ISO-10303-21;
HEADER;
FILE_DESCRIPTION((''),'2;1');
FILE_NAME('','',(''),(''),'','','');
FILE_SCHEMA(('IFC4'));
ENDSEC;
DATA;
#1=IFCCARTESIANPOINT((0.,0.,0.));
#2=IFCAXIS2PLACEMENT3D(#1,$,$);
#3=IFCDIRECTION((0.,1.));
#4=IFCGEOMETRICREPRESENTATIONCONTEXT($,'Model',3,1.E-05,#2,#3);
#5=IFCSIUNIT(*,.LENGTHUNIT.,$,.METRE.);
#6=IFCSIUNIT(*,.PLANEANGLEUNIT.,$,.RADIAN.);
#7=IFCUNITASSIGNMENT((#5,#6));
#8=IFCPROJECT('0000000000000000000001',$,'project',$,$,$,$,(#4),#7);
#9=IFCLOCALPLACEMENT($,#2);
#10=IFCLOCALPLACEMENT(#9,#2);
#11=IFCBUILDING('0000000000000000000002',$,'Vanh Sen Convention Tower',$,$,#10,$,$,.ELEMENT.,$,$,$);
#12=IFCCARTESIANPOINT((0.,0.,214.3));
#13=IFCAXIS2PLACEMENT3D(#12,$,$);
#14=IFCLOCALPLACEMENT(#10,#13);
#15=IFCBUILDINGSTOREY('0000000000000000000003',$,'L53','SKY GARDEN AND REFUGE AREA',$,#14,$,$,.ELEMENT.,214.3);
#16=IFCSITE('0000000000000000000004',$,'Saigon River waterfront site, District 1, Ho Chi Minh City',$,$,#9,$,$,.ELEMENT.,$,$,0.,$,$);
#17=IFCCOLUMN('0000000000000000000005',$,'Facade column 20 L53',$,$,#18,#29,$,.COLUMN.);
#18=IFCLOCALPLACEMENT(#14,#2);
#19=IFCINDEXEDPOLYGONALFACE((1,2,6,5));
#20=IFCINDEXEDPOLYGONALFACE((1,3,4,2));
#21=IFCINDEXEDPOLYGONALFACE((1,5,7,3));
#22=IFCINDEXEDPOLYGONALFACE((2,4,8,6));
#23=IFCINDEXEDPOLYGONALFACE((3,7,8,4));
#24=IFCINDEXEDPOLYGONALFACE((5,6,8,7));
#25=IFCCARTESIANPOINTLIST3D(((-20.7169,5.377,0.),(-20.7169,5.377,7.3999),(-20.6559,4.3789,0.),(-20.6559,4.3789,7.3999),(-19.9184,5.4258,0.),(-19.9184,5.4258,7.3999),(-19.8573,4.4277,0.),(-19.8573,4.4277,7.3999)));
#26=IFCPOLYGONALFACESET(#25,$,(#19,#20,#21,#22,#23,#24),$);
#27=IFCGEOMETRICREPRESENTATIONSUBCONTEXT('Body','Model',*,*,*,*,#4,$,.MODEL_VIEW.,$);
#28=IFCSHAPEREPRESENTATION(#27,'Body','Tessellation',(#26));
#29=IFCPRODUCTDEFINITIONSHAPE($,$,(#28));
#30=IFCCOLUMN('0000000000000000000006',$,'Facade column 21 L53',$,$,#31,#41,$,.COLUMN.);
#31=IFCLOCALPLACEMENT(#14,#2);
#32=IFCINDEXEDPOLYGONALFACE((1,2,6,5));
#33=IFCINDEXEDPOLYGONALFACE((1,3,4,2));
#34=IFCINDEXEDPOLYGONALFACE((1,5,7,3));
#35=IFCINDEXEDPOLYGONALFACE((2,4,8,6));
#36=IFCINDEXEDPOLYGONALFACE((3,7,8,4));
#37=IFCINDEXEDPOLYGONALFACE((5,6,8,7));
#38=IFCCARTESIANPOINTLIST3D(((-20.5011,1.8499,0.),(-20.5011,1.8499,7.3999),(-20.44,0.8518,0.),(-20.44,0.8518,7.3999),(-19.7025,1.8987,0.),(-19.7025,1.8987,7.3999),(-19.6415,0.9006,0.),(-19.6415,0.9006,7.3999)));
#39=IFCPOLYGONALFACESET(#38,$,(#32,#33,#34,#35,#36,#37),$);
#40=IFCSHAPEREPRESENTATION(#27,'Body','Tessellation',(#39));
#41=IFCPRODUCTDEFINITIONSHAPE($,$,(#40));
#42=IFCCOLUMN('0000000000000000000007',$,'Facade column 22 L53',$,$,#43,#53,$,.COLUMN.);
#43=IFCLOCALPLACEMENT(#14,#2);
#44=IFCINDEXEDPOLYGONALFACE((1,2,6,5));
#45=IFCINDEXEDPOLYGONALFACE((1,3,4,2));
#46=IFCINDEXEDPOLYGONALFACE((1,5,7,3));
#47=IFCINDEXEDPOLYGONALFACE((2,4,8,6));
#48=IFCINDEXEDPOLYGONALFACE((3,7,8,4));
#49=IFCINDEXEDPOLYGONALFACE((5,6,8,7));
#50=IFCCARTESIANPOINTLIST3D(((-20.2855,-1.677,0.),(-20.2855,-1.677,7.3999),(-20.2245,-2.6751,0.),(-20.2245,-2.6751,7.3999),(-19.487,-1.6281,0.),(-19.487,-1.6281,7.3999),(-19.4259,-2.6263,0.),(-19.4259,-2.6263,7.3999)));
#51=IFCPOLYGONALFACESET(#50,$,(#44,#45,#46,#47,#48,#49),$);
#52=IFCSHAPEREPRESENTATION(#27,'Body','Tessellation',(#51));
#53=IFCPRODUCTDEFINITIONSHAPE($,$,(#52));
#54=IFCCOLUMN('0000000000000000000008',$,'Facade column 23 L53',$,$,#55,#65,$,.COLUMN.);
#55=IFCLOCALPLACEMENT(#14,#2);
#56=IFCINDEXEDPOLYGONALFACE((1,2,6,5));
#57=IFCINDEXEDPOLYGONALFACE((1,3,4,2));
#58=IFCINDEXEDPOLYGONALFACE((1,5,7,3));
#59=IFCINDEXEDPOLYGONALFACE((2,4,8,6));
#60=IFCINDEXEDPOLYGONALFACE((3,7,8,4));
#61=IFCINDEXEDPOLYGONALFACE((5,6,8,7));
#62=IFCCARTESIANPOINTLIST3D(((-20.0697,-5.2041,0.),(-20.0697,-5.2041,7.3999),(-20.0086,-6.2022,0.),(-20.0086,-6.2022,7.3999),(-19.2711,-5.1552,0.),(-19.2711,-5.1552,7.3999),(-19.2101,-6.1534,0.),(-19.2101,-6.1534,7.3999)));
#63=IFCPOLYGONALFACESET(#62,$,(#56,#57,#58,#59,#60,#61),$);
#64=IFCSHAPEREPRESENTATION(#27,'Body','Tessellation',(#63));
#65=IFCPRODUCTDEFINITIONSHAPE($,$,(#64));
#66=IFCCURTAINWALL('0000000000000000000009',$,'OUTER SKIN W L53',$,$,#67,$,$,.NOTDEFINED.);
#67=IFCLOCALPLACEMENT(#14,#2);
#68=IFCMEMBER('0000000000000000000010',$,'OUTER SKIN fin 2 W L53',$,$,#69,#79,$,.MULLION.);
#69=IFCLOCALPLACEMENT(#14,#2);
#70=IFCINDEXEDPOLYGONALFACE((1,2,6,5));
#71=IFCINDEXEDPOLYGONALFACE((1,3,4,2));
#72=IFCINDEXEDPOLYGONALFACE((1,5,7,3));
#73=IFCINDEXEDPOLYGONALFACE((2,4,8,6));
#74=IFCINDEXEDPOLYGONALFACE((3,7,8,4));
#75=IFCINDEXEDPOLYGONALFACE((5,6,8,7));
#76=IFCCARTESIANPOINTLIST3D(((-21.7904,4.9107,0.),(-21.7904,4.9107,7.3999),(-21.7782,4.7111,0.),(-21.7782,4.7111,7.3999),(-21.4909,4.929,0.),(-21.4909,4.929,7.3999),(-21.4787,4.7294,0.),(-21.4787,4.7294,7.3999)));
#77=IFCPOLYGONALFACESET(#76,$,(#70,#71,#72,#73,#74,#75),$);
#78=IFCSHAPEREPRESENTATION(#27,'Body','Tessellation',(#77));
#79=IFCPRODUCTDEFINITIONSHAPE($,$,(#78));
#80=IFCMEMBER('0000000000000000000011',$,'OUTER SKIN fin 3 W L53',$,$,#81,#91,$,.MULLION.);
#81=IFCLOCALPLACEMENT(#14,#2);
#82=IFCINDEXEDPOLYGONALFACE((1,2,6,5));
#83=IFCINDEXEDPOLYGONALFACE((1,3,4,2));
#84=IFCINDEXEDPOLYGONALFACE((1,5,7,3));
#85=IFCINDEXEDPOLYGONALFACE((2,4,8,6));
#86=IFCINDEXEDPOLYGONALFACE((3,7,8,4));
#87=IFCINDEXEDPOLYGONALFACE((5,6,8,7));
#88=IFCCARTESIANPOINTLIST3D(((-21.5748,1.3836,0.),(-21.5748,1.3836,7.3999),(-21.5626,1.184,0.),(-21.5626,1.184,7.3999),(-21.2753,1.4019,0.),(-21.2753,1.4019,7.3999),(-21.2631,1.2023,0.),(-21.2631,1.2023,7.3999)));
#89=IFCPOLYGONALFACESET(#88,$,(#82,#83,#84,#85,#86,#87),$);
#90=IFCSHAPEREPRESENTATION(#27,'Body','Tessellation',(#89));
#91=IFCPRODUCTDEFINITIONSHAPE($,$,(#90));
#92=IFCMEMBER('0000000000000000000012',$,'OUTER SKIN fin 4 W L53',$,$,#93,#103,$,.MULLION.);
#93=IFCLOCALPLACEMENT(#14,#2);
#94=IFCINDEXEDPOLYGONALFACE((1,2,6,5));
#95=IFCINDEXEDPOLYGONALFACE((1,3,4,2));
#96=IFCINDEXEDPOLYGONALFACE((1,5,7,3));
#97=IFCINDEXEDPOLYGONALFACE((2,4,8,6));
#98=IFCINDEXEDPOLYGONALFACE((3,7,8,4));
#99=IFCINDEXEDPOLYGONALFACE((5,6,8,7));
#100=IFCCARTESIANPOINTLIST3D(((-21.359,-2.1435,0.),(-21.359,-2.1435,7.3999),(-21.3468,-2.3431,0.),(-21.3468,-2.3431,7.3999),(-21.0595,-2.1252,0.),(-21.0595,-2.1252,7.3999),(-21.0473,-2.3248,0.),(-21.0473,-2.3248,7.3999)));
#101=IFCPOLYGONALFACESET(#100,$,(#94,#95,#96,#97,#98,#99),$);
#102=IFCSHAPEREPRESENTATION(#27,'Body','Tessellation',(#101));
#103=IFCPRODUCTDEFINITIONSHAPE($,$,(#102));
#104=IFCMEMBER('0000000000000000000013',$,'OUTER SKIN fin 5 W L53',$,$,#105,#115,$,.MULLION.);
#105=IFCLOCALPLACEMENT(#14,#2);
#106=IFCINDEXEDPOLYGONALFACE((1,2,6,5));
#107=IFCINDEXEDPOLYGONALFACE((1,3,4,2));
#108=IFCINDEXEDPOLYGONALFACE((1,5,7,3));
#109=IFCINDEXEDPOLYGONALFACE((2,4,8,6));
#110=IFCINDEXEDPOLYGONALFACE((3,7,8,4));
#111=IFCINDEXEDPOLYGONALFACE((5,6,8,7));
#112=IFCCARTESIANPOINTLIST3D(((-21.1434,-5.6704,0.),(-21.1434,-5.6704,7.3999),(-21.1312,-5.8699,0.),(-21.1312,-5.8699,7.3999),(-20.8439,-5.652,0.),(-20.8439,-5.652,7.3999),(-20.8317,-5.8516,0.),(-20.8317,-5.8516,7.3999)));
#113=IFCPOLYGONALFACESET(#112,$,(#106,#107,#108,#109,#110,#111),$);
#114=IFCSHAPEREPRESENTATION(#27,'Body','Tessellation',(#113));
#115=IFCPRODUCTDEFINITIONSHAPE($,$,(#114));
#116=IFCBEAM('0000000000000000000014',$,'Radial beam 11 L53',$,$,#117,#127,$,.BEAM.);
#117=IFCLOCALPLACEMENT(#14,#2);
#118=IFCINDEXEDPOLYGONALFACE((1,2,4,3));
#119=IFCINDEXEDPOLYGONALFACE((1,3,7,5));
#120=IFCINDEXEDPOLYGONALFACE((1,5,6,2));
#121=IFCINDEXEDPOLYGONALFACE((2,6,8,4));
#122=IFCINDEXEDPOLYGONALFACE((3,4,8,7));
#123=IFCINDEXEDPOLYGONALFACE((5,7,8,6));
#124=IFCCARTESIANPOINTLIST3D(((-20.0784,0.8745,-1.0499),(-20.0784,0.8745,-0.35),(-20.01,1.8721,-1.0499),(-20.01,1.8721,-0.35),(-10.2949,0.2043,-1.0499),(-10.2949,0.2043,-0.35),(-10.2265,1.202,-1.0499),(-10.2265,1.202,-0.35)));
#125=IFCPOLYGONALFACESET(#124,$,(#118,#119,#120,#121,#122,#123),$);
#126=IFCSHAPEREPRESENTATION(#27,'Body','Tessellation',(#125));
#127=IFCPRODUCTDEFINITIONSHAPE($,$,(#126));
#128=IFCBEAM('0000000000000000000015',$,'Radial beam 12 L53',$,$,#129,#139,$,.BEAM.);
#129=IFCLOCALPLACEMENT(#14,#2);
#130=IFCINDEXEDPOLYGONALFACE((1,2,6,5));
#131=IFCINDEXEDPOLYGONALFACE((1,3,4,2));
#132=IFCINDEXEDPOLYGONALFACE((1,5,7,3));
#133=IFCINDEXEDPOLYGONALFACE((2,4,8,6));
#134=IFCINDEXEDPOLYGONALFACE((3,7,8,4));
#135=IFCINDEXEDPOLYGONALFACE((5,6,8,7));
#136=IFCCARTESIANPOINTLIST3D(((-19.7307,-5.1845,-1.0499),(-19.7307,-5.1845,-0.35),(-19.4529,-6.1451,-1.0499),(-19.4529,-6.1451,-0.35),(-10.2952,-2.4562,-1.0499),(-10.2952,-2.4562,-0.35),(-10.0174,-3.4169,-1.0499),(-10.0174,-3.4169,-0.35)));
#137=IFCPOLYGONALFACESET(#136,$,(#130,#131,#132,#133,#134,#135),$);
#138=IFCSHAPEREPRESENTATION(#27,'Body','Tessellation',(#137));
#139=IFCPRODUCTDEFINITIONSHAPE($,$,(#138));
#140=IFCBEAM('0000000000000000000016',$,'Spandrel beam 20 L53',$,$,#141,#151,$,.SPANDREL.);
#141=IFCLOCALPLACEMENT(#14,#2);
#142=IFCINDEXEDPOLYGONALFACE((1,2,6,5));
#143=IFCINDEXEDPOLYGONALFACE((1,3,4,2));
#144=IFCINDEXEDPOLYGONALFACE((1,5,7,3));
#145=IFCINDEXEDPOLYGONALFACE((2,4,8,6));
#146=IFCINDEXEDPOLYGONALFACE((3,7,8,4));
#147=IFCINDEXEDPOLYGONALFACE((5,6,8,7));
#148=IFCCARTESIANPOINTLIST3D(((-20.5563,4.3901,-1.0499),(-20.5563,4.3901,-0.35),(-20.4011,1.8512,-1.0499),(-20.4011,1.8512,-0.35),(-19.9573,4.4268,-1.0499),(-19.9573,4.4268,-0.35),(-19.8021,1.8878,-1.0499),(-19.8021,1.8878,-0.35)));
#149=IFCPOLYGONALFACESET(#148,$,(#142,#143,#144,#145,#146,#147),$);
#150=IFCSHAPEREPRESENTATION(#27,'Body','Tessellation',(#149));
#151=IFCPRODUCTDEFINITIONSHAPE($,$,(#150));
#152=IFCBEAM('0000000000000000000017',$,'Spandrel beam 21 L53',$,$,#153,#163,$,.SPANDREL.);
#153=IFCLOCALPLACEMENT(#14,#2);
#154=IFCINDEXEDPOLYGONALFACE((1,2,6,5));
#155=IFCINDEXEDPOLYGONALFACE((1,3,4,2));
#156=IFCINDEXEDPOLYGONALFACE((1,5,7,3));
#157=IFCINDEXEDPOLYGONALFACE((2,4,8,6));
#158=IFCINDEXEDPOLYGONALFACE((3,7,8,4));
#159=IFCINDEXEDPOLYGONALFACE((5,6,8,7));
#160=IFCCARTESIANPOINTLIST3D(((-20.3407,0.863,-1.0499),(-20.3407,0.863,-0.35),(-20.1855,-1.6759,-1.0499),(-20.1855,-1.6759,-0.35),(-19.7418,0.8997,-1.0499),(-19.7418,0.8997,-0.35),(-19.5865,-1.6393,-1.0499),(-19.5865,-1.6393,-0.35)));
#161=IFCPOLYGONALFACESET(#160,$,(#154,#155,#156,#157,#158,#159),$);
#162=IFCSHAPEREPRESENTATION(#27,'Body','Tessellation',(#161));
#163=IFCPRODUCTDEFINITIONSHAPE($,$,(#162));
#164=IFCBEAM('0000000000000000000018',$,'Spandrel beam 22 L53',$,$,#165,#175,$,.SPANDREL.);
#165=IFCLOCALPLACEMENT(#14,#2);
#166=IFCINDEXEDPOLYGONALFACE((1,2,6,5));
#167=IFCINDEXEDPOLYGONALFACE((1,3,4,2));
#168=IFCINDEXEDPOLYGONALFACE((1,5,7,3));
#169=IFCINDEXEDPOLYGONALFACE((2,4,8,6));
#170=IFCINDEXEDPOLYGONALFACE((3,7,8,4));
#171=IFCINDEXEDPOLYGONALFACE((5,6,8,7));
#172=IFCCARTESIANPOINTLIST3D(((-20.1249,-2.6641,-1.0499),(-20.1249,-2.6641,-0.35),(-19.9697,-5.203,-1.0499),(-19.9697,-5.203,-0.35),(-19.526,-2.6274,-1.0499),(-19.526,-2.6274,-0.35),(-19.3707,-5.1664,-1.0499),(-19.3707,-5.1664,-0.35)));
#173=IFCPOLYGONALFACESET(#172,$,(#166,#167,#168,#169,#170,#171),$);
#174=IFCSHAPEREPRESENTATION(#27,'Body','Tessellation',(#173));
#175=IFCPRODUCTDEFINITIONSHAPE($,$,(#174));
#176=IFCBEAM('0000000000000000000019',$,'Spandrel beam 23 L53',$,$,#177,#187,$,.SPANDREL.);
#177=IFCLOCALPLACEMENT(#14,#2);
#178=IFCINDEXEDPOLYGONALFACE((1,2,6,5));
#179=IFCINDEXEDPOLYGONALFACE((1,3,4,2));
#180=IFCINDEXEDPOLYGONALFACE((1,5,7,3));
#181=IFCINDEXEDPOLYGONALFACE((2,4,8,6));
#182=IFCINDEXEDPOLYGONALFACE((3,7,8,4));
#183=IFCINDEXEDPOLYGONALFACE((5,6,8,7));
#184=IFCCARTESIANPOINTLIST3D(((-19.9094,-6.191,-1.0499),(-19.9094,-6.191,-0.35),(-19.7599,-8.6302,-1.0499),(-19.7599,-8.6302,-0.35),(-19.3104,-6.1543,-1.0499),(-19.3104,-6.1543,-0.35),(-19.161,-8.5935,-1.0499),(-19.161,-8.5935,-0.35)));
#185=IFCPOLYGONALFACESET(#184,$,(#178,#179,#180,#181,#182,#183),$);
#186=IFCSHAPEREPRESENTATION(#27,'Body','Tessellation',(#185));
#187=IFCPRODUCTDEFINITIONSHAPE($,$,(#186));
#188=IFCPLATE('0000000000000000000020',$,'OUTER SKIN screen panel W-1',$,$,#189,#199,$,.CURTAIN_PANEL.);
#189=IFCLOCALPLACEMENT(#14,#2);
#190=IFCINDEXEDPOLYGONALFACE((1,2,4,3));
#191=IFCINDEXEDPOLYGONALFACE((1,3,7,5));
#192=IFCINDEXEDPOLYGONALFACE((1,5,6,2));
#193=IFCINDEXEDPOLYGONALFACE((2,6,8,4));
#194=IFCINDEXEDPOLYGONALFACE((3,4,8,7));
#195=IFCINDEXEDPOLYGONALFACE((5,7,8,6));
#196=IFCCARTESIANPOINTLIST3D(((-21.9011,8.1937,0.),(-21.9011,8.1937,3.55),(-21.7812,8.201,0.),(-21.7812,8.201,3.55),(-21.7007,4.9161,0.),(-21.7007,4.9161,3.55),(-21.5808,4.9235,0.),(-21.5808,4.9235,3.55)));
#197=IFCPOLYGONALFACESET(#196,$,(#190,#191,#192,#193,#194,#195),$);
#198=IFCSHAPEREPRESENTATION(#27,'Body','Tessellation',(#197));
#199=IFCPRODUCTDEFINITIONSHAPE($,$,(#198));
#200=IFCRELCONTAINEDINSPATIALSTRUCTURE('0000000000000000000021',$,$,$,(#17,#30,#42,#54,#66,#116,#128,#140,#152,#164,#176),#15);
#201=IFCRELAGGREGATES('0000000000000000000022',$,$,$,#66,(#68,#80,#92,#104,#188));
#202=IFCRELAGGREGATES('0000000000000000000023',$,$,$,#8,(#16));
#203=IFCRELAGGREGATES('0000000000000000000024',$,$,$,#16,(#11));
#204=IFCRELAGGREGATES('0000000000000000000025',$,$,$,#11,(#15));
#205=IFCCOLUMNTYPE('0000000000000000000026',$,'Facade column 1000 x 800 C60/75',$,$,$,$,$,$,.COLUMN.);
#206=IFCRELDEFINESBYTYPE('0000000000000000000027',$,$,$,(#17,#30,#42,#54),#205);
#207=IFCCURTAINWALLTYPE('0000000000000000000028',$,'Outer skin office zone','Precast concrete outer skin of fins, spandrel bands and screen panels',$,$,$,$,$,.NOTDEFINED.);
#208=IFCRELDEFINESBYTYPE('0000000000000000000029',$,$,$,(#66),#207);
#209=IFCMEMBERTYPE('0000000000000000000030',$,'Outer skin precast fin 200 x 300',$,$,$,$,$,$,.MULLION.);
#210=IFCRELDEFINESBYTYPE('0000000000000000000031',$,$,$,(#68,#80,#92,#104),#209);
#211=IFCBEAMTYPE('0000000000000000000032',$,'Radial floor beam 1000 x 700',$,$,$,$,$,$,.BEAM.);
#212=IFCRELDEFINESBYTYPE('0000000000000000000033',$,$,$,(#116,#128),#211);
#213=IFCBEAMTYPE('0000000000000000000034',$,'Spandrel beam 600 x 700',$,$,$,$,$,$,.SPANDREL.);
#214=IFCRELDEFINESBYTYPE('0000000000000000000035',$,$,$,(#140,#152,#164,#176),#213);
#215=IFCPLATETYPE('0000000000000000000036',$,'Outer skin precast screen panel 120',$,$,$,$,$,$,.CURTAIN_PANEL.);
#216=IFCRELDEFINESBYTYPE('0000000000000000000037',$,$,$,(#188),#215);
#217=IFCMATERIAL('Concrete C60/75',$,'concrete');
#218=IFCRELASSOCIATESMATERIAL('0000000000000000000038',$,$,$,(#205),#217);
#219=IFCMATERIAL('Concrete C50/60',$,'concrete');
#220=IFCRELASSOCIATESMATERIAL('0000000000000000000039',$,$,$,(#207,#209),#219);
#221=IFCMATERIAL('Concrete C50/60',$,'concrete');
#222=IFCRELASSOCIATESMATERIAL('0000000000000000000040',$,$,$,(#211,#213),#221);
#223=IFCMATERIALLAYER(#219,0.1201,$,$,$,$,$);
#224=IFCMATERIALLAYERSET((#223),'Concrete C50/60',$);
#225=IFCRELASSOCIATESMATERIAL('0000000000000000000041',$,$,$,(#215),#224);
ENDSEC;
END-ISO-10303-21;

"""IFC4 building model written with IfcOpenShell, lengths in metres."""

from ifc_helpers import new_model, si_unit, direction, frame, origin, origin_2d, place, context, subcontext, project, spatial, rectangle, extrude, material, layer, layer_set, material_profile, profile_set, type_object, element, aggregate, save


model = new_model("IFC4")

# Units and contexts
model_context = context("Model", 3, precision=1e-05, world=origin(), true_north=direction((0.0, 1.0)))
body_context = subcontext(model_context, "Body", "Model", "MODEL_VIEW")
ifc_project = project(units=[si_unit("LENGTHUNIT", "METRE"), si_unit("PLANEANGLEUNIT", "RADIAN")], contexts=[model_context])

# Site, building, storey
site_placement = place(None, origin())
site = spatial("IfcSite", under=ifc_project, at=site_placement, Name="Saigon River waterfront site, District 1, Ho Chi Minh City", CompositionType="ELEMENT", RefElevation=0.0)
building_placement = place(site_placement, origin())
building = spatial("IfcBuilding", under=site, at=building_placement, Name="Vanh Sen Convention Tower", CompositionType="ELEMENT")
storey_placement = place(building_placement, frame((0.0, 0.0, 214.3)))
storey = spatial("IfcBuildingStorey", under=building, at=storey_placement, Name="L53", Description="SKY GARDEN AND REFUGE AREA", CompositionType="ELEMENT", Elevation=214.3)

# Columns
ifc_material_1 = material(Name="Concrete C60/75", Category="concrete")
ifc_material_profile_1 = material_profile(ifc_material_1, rectangle(XDim=1.0, YDim=0.8, at=origin_2d()), Name="RC 1000X800")
ifc_profile_set_1 = profile_set([ifc_material_profile_1], Name="Concrete C60/75")
column_type = type_object("IfcColumnType", Name="Facade column 1000 x 800 C60/75", PredefinedType="COLUMN", material=ifc_profile_set_1)
for number, where, z_axis, x_axis, name in (
    (1, (-20.2871, 4.9023, 0.0), (0.0, 0.0, 1.0), (0.061049, -0.998135, 0.0), "Facade column 20 L53"),
    (2, (-20.0713, 1.3752, 0.0), (0.0, 0.0, 1.0), (0.061049, -0.998135, 0.0), "Facade column 21 L53"),
    (3, (-19.8557, -2.1516, 0.0), (0.0, 0.0, 1.0), (0.061049, -0.998135, 0.0), "Facade column 22 L53"),
    (4, (-19.6399, -5.6787, 0.0), (0.0, 0.0, 1.0), (0.061049, -0.998135, 0.0), "Facade column 23 L53"),
):
    element("IfcColumn", number, at=place(storey_placement, frame(where, z_axis=z_axis, x_axis=x_axis)), inside=storey, type_object=column_type, Name=name, PredefinedType="COLUMN", context=body_context, shape_type="SweptSolid", body=[
        extrude(rectangle(XDim=1.0, YDim=0.8, at=origin_2d()), origin(), (0.0, 0.0, 1.0), 7.3999),
    ])

# Curtain wall, members
ifc_material_2 = material(Name="Concrete C50/60", Category="concrete")
curtain_wall_type = type_object("IfcCurtainWallType", Name="Outer skin office zone", Description="Precast concrete outer skin of fins, spandrel bands and screen panels", PredefinedType="NOTDEFINED", material=ifc_material_2)
curtain_wall_placement = place(storey_placement, origin())
curtain_wall = element("IfcCurtainWall", 5, at=curtain_wall_placement, inside=storey, type_object=curtain_wall_type, Name="OUTER SKIN W L53", PredefinedType="NOTDEFINED")
ifc_material_profile_2 = material_profile(ifc_material_2, rectangle(XDim=0.2, YDim=0.3, at=origin_2d()), Name="Outer skin precast fin 200 x 300")
ifc_profile_set_2 = profile_set([ifc_material_profile_2], Name="Concrete C50/60")
member_type = type_object("IfcMemberType", Name="Outer skin precast fin 200 x 300", PredefinedType="MULLION", material=ifc_profile_set_2)
member_1_placement = place(storey_placement, frame((-21.6345, 4.8201, 0.0), z_axis=(0.0, 0.0, 1.0), x_axis=(0.061049, -0.998135, 0.0)))
member_1 = element("IfcMember", 6, at=member_1_placement, type_object=member_type, Name="OUTER SKIN fin 2 W L53", PredefinedType="MULLION", context=body_context, shape_type="SweptSolid", body=[
    extrude(rectangle(XDim=0.2, YDim=0.3, at=origin_2d()), origin(), (0.0, 0.0, 1.0), 7.3999),
])
member_2_placement = place(storey_placement, frame((-21.4189, 1.293, 0.0), z_axis=(0.0, 0.0, 1.0), x_axis=(0.061049, -0.998135, 0.0)))
member_2 = element("IfcMember", 7, at=member_2_placement, type_object=member_type, Name="OUTER SKIN fin 3 W L53", PredefinedType="MULLION", context=body_context, shape_type="SweptSolid", body=[
    extrude(rectangle(XDim=0.2, YDim=0.3, at=origin_2d()), origin(), (0.0, 0.0, 1.0), 7.3999),
])
member_3_placement = place(storey_placement, frame((-21.2031, -2.2341, 0.0), z_axis=(0.0, 0.0, 1.0), x_axis=(0.061049, -0.998135, 0.0)))
member_3 = element("IfcMember", 8, at=member_3_placement, type_object=member_type, Name="OUTER SKIN fin 4 W L53", PredefinedType="MULLION", context=body_context, shape_type="SweptSolid", body=[
    extrude(rectangle(XDim=0.2, YDim=0.3, at=origin_2d()), origin(), (0.0, 0.0, 1.0), 7.3999),
])
member_4_placement = place(storey_placement, frame((-20.9875, -5.761, 0.0), z_axis=(0.0, 0.0, 1.0), x_axis=(0.061049, -0.998135, 0.0)))
member_4 = element("IfcMember", 9, at=member_4_placement, type_object=member_type, Name="OUTER SKIN fin 5 W L53", PredefinedType="MULLION", context=body_context, shape_type="SweptSolid", body=[
    extrude(rectangle(XDim=0.2, YDim=0.3, at=origin_2d()), origin(), (0.0, 0.0, 1.0), 7.3999),
])

# Beams
ifc_material_3 = material(Name="Concrete C50/60", Category="concrete")
ifc_material_profile_3 = material_profile(ifc_material_3, rectangle(XDim=1.0, YDim=0.7, at=origin_2d()), Name="RC 1000X700")
ifc_profile_set_3 = profile_set([ifc_material_profile_3], Name="Concrete C50/60")
beam_type_1 = type_object("IfcBeamType", Name="Radial floor beam 1000 x 700", PredefinedType="BEAM", material=ifc_profile_set_3)
beam_1_placement = place(storey_placement, frame((-20.0442, 1.3733, -0.7), z_axis=(0.997662, -0.06834, 0.0), x_axis=(0.06834, 0.997662, 0.0)))
element("IfcBeam", 10, at=beam_1_placement, inside=storey, type_object=beam_type_1, Name="Radial beam 11 L53", PredefinedType="BEAM", context=body_context, shape_type="SweptSolid", body=[
    extrude(rectangle(XDim=1.0, YDim=0.7, at=origin_2d()), origin(), (0.0, 0.0, 1.0), 9.8064),
])
beam_2_placement = place(storey_placement, frame((-19.5918, -5.6648, -0.7), z_axis=(0.960648, 0.27777, 0.0), x_axis=(-0.27777, 0.960648, 0.0)))
element("IfcBeam", 11, at=beam_2_placement, inside=storey, type_object=beam_type_1, Name="Radial beam 12 L53", PredefinedType="BEAM", context=body_context, shape_type="SweptSolid", body=[
    extrude(rectangle(XDim=1.0, YDim=0.7, at=origin_2d()), origin(), (0.0, 0.0, 1.0), 9.822),
])
ifc_material_profile_4 = material_profile(ifc_material_3, rectangle(XDim=0.6001, YDim=0.7, at=origin_2d()), Name="RC 600X700")
ifc_profile_set_4 = profile_set([ifc_material_profile_4], Name="Concrete C50/60")
beam_type_2 = type_object("IfcBeamType", Name="Spandrel beam 600 x 700", PredefinedType="SPANDREL", material=ifc_profile_set_4)
for number, where, z_axis, x_axis, name in (
    (12, (-20.2568, 4.4084, -0.7), (0.06104, -0.998135, 0.0), (0.998135, 0.06104, 0.0), "Spandrel beam 20 L53"),
    (13, (-20.0413, 0.8813, -0.7), (0.06104, -0.998135, 0.0), (0.998135, 0.06104, 0.0), "Spandrel beam 21 L53"),
    (14, (-19.8254, -2.6458, -0.7), (0.06104, -0.998135, 0.0), (0.998135, 0.06104, 0.0), "Spandrel beam 22 L53"),
):
    element("IfcBeam", number, at=place(storey_placement, frame(where, z_axis=z_axis, x_axis=x_axis)), inside=storey, type_object=beam_type_2, Name=name, PredefinedType="SPANDREL", context=body_context, shape_type="SweptSolid", body=[
        extrude(rectangle(XDim=0.6001, YDim=0.7, at=origin_2d()), origin(), (0.0, 0.0, 1.0), 2.5437),
    ])
beam_3_placement = place(storey_placement, frame((-19.6099, -6.1726, -0.7), z_axis=(0.061141, -0.998129, 0.0), x_axis=(0.998129, 0.061141, 0.0)))
element("IfcBeam", 15, at=beam_3_placement, inside=storey, type_object=beam_type_2, Name="Spandrel beam 23 L53", PredefinedType="SPANDREL", context=body_context, shape_type="SweptSolid", body=[
    extrude(rectangle(XDim=0.6001, YDim=0.7, at=origin_2d()), origin(), (0.0, 0.0, 1.0), 2.4438),
])

# Plate
ifc_layer_1 = layer(ifc_material_2, 0.1201)
ifc_layer_set_1 = layer_set([ifc_layer_1], Name="Concrete C50/60")
plate_type = type_object("IfcPlateType", Name="Outer skin precast screen panel 120", PredefinedType="CURTAIN_PANEL", material=ifc_layer_set_1)
plate_1_placement = place(storey_placement, frame((-21.741, 6.5586, 0.0), z_axis=(0.0, 0.0, 1.0), x_axis=(0.061043, -0.998135, 0.0)))
plate_1 = element("IfcPlate", 16, at=plate_1_placement, type_object=plate_type, Name="OUTER SKIN screen panel W-1", PredefinedType="CURTAIN_PANEL", context=body_context, shape_type="SweptSolid", body=[
    extrude(rectangle(XDim=3.2837, YDim=0.1201, at=origin_2d()), origin(), (0.0, 0.0, 1.0), 3.55),
])
aggregate(curtain_wall, [member_1, member_2, member_3, member_4, plate_1])

save(model, "model.ifc")
